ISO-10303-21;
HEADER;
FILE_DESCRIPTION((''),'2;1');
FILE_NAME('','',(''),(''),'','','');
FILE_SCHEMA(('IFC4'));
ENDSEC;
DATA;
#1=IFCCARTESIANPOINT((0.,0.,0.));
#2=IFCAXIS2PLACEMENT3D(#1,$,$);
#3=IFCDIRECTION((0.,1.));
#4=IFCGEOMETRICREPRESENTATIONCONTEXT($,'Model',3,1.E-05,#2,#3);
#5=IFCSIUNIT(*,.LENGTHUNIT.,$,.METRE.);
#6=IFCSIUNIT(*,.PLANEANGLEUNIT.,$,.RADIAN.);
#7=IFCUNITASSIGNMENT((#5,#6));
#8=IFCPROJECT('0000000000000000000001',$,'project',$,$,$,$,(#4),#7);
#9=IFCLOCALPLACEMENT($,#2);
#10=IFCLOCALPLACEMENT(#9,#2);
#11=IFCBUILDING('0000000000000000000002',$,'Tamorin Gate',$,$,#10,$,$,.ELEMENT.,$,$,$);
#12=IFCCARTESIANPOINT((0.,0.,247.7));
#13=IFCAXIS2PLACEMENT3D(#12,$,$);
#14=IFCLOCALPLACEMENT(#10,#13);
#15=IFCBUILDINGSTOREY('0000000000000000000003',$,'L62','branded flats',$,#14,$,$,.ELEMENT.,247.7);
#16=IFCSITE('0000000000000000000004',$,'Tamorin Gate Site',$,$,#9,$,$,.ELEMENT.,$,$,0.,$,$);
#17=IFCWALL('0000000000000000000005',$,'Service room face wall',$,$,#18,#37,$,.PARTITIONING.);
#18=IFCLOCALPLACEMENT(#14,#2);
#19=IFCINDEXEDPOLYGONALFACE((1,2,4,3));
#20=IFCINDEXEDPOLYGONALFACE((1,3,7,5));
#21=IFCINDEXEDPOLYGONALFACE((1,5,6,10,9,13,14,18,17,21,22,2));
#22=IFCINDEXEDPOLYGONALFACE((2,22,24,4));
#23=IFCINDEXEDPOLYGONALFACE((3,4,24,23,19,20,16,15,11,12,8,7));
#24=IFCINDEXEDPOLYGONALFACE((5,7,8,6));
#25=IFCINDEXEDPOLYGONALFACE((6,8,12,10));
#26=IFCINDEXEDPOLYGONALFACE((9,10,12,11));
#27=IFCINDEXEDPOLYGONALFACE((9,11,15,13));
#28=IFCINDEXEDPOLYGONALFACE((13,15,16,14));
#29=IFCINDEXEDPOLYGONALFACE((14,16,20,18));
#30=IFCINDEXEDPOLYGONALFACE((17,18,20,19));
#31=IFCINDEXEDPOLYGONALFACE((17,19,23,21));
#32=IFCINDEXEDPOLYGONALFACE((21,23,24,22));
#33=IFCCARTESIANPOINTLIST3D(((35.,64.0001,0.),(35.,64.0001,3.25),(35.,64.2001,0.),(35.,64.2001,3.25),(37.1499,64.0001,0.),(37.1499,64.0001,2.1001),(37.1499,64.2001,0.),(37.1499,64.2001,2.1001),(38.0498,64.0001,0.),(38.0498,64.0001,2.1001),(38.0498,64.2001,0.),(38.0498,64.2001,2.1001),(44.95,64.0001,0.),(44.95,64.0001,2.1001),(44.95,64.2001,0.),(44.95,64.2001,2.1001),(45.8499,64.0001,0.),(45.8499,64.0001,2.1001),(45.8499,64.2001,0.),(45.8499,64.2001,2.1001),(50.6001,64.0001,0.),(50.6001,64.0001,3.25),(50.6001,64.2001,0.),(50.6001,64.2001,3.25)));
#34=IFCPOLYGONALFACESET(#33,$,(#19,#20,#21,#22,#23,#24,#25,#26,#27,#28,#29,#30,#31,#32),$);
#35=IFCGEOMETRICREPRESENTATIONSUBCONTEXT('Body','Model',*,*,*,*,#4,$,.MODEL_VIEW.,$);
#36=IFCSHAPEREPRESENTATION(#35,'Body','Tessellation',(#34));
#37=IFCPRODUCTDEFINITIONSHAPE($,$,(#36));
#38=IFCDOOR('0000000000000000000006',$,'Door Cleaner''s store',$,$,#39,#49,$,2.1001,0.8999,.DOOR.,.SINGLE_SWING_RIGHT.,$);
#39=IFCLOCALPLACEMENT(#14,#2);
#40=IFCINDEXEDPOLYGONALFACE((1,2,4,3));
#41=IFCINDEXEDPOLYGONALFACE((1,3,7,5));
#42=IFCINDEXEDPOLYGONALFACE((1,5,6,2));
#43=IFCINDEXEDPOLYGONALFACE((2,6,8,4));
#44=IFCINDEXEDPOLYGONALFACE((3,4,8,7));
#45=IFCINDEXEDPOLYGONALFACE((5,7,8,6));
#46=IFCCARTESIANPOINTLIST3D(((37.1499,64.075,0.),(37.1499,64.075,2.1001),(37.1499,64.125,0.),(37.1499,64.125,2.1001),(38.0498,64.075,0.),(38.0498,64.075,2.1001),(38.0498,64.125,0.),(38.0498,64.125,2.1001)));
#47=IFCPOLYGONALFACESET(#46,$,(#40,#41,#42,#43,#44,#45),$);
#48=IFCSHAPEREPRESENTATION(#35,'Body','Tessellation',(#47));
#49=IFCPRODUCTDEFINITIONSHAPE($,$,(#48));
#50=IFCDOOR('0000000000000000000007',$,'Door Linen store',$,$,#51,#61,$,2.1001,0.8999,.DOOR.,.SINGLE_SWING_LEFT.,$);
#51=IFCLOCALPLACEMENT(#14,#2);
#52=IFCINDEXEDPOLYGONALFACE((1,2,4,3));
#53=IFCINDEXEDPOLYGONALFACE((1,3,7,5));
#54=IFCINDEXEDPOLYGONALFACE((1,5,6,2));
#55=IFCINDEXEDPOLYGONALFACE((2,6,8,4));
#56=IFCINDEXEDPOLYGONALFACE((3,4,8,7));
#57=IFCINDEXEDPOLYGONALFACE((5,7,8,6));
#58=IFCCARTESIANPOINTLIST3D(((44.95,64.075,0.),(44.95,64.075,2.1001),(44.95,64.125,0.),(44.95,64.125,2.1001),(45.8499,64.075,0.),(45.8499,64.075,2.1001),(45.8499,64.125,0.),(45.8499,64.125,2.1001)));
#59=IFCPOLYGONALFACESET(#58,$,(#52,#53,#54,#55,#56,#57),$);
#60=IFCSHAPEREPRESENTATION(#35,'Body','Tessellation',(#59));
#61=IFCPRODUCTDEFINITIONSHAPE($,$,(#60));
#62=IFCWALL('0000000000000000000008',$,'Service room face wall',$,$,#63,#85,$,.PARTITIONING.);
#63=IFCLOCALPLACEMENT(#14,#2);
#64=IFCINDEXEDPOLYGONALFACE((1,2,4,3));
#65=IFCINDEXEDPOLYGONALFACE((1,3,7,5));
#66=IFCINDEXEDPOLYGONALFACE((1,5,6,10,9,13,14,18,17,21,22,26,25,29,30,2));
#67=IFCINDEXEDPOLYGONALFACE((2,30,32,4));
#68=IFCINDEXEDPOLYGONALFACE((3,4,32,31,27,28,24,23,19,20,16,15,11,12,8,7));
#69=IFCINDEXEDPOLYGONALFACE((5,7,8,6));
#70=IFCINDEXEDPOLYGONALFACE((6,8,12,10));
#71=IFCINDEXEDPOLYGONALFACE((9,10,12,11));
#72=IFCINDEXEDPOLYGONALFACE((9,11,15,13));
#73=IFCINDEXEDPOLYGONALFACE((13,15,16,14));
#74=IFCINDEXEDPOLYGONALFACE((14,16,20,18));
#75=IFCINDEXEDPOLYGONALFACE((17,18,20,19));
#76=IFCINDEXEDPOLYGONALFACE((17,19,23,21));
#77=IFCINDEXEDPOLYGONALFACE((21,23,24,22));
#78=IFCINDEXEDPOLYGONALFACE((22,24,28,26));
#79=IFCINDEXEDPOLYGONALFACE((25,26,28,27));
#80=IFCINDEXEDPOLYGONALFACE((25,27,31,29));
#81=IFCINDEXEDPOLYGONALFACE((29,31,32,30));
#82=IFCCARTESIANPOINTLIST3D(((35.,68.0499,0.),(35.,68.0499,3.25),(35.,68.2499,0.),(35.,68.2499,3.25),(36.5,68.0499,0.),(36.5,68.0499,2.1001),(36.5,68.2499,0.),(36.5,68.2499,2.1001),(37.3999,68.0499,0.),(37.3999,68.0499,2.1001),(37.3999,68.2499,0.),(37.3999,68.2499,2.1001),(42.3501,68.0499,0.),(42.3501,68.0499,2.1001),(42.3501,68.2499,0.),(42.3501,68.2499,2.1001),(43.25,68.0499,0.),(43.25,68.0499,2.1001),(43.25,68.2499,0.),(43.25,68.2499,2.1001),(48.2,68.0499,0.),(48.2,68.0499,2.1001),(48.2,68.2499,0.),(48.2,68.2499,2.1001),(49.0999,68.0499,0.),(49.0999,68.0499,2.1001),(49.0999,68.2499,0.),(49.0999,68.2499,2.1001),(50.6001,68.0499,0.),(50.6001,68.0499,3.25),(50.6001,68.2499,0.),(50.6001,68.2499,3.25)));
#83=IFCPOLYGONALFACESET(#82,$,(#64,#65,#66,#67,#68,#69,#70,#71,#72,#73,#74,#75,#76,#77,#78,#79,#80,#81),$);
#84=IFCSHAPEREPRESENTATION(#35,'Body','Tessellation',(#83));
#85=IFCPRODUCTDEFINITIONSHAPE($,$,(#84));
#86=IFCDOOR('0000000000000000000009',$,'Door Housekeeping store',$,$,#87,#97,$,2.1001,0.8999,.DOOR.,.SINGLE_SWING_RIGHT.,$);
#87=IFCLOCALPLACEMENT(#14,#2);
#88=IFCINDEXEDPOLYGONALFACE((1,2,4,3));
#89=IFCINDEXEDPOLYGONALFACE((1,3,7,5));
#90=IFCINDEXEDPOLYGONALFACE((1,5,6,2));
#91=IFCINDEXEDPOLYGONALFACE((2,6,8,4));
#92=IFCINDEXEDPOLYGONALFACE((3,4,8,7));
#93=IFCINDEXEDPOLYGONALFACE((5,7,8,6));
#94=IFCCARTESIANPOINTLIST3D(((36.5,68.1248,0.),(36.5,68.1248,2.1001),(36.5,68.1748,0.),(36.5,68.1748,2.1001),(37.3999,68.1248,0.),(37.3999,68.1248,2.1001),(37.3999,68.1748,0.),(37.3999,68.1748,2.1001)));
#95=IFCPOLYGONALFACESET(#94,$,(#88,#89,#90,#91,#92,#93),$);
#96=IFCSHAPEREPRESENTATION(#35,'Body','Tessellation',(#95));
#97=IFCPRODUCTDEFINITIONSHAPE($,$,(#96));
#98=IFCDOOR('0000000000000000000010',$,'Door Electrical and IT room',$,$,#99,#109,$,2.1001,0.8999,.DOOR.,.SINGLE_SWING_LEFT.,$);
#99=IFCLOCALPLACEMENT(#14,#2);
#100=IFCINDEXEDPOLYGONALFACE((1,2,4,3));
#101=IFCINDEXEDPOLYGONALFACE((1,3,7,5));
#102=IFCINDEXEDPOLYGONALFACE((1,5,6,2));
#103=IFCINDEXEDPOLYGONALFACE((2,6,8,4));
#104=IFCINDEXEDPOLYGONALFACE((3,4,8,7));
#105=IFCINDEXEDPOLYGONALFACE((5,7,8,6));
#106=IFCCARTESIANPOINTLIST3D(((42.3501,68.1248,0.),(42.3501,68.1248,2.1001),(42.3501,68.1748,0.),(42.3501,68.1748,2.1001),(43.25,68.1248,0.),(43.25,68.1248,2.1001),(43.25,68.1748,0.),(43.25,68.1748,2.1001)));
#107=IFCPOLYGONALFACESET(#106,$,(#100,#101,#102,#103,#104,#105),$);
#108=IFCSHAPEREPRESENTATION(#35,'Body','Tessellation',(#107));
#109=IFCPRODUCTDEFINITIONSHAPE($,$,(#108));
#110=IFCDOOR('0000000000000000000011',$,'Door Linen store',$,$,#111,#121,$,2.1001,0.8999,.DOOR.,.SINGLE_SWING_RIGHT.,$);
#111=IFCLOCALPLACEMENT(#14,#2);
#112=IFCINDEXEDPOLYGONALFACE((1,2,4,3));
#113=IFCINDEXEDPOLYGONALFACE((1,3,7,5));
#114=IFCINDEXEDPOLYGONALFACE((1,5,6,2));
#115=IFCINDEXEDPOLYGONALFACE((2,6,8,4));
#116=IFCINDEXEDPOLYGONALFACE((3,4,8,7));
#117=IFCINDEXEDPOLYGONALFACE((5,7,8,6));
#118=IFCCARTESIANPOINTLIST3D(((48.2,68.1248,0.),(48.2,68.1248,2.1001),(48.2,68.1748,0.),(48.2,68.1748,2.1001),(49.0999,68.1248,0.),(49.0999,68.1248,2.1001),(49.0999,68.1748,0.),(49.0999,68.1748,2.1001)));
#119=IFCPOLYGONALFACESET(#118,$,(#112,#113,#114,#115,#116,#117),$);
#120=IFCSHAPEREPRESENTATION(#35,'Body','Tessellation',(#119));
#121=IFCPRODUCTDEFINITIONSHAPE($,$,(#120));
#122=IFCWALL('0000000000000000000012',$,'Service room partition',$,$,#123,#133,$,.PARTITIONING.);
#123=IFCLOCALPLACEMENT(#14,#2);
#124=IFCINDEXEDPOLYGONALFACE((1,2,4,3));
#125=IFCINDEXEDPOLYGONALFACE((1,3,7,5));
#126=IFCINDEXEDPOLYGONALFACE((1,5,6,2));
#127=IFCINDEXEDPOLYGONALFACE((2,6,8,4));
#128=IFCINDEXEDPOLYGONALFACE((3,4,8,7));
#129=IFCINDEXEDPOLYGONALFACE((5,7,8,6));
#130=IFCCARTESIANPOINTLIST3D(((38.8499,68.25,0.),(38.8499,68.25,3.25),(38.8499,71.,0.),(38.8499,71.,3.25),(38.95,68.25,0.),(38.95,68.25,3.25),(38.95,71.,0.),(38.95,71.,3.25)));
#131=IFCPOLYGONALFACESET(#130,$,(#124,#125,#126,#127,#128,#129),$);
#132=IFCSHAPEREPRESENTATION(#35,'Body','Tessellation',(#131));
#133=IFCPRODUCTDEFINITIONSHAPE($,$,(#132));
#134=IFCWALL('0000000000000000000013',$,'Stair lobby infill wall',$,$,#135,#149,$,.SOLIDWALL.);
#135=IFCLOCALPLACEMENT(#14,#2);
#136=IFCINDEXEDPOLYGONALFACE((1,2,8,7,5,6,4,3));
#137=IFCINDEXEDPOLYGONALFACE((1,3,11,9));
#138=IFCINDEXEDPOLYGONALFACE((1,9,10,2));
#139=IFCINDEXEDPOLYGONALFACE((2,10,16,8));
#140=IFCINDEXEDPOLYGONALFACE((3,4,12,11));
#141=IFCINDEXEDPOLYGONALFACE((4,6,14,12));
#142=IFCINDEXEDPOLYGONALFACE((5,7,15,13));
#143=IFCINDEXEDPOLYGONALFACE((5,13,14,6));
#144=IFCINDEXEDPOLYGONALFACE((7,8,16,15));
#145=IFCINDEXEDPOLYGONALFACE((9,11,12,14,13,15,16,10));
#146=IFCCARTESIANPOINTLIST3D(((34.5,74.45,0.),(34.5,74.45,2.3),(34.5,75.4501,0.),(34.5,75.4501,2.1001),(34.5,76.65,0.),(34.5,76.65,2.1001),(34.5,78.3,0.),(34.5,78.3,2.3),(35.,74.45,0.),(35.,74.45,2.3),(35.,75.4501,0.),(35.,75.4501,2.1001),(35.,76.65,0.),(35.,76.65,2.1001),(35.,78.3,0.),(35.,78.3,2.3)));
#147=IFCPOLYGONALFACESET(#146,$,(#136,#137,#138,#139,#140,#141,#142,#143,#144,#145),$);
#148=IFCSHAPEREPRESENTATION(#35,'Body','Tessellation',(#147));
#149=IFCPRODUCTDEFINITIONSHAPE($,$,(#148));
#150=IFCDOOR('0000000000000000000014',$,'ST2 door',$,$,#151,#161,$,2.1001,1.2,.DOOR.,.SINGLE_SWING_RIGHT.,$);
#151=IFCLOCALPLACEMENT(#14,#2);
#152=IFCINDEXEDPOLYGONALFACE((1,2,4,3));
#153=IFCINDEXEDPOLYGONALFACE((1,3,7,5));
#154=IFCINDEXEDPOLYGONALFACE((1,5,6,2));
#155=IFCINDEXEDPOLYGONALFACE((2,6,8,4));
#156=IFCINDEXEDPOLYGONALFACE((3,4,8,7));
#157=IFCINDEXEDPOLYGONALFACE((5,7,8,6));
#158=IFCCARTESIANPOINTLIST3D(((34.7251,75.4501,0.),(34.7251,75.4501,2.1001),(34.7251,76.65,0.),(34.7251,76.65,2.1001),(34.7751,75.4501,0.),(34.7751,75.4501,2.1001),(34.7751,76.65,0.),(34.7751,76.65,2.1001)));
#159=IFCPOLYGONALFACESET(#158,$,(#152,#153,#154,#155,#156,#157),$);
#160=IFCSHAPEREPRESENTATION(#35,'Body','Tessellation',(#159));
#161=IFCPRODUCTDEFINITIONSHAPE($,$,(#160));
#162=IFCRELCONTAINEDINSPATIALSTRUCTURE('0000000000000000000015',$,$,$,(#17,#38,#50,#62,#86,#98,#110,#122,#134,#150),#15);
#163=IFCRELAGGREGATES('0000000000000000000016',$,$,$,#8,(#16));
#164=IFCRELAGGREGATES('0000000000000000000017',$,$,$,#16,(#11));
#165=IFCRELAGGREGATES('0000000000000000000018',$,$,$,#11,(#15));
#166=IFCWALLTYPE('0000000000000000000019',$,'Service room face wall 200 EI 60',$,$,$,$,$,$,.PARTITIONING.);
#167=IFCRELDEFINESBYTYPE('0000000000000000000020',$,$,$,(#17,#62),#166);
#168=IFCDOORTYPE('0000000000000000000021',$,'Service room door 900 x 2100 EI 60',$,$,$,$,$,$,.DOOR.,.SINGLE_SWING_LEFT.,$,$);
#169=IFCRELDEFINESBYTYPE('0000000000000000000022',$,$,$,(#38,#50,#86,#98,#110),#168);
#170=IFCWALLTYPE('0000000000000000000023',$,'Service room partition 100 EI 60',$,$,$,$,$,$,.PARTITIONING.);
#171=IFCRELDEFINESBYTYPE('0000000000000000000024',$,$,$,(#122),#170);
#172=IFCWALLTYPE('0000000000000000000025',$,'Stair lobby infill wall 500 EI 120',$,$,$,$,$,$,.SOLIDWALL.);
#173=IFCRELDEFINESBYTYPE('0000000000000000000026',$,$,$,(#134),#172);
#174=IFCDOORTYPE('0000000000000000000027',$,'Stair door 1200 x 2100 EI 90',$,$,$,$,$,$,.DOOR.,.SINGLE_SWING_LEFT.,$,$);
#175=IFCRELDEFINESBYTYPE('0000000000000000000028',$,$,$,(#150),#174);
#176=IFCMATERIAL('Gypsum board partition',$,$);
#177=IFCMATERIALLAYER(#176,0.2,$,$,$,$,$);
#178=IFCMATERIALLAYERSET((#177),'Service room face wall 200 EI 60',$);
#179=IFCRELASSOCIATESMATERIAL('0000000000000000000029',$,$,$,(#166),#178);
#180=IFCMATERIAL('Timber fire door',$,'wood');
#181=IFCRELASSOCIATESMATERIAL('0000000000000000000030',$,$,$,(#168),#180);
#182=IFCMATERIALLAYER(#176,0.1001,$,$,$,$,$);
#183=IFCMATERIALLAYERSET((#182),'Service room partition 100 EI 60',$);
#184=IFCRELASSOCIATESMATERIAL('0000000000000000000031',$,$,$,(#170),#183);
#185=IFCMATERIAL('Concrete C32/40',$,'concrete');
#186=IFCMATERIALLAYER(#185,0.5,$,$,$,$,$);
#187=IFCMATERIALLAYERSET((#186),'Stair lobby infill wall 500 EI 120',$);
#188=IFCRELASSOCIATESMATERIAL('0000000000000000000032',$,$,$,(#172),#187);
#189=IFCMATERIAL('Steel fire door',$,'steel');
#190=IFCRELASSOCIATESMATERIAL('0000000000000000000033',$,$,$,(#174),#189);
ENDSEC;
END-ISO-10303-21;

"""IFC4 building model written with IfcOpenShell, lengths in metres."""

from ifc_helpers import new_model, si_unit, direction, frame, frame_2d, origin, place, context, subcontext, project, spatial, rectangle, extrude, material, layer, layer_set, type_object, element, fill, save


model = new_model("IFC4")

# Units and contexts
model_context = context("Model", 3, precision=1e-05, world=origin(), true_north=direction((0.0, 1.0)))
body_context = subcontext(model_context, "Body", "Model", "MODEL_VIEW")
ifc_project = project(units=[si_unit("LENGTHUNIT", "METRE"), si_unit("PLANEANGLEUNIT", "RADIAN")], contexts=[model_context])

# Site, building, storey
site_placement = place(None, origin())
site = spatial("IfcSite", under=ifc_project, at=site_placement, Name="Tamorin Gate Site", CompositionType="ELEMENT", RefElevation=0.0)
building_placement = place(site_placement, origin())
building = spatial("IfcBuilding", under=site, at=building_placement, Name="Tamorin Gate", CompositionType="ELEMENT")
storey_placement = place(building_placement, frame((0.0, 0.0, 247.7)))
storey = spatial("IfcBuildingStorey", under=building, at=storey_placement, Name="L62", Description="branded flats", CompositionType="ELEMENT", Elevation=247.7)

# Shared definitions
ifc_material_1 = material(Name="Concrete C32/40", Category="concrete")

# Walls, openings, doors
ifc_material_2 = material(Name="Gypsum board partition")
ifc_layer_1 = layer(ifc_material_2, 0.2)
ifc_layer_set_1 = layer_set([ifc_layer_1], Name="Service room face wall 200 EI 60")
wall_type_1 = type_object("IfcWallType", Name="Service room face wall 200 EI 60", PredefinedType="PARTITIONING", material=ifc_layer_set_1)
wall_1_placement = place(storey_placement, frame((35.0, 64.1001, 0.0), z_axis=(0.0, 0.0, 1.0), x_axis=(1.0, 0.0, 0.0)))
wall_1 = element("IfcWall", 1, at=wall_1_placement, inside=storey, type_object=wall_type_1, Name="Service room face wall", PredefinedType="PARTITIONING", context=body_context, shape_type="SweptSolid", body=[
    extrude(rectangle(XDim=15.6001, YDim=0.2, at=frame_2d((7.8, 0.0))), origin(), (0.0, 0.0, 1.0), 3.25),
])
opening_1_placement = place(wall_1_placement, frame((2.1499, 0.0, 0.0)))
opening_1 = element("IfcOpeningElement", 2, at=opening_1_placement, cuts=wall_1, PredefinedType="OPENING", context=body_context, shape_type="SweptSolid", body=[
    extrude(rectangle(XDim=0.8999, YDim=2.1001, at=frame_2d((0.45, 1.05))), frame((0.0, 0.1099, 0.0), z_axis=(0.0, -1.0, 0.0), x_axis=(1.0, 0.0, 0.0)), (0.0, 0.0, 1.0), 0.22),
])
opening_2_placement = place(wall_1_placement, frame((9.95, 0.0, 0.0)))
opening_2 = element("IfcOpeningElement", 3, at=opening_2_placement, cuts=wall_1, PredefinedType="OPENING", context=body_context, shape_type="SweptSolid", body=[
    extrude(rectangle(XDim=0.8999, YDim=2.1001, at=frame_2d((0.45, 1.05))), frame((0.0, 0.1099, 0.0), z_axis=(0.0, -1.0, 0.0), x_axis=(1.0, 0.0, 0.0)), (0.0, 0.0, 1.0), 0.22),
])
ifc_material_3 = material(Name="Timber fire door", Category="wood")
door_type_1 = type_object("IfcDoorType", Name="Service room door 900 x 2100 EI 60", OperationType="SINGLE_SWING_LEFT", PredefinedType="DOOR", material=ifc_material_3)
door_1_placement = place(opening_1_placement, origin())
door_1 = element("IfcDoor", 4, at=door_1_placement, inside=storey, type_object=door_type_1, Name="Door Cleaner's store", OperationType="SINGLE_SWING_RIGHT", OverallHeight=2.1001, OverallWidth=0.8999, PredefinedType="DOOR", context=body_context, shape_type="SweptSolid", body=[
    extrude(rectangle(XDim=0.8999, YDim=2.1001, at=frame_2d((0.45, 1.05))), frame((0.0, 0.0249, 0.0), z_axis=(0.0, -1.0, 0.0), x_axis=(1.0, 0.0, 0.0)), (0.0, 0.0, 1.0), 0.05),
])
fill(opening_1, door_1)
door_2_placement = place(opening_2_placement, origin())
door_2 = element("IfcDoor", 5, at=door_2_placement, inside=storey, type_object=door_type_1, Name="Door Linen store", OperationType="SINGLE_SWING_LEFT", OverallHeight=2.1001, OverallWidth=0.8999, PredefinedType="DOOR", context=body_context, shape_type="SweptSolid", body=[
    extrude(rectangle(XDim=0.8999, YDim=2.1001, at=frame_2d((0.45, 1.05))), frame((0.0, 0.0249, 0.0), z_axis=(0.0, -1.0, 0.0), x_axis=(1.0, 0.0, 0.0)), (0.0, 0.0, 1.0), 0.05),
])
fill(opening_2, door_2)
wall_2_placement = place(storey_placement, frame((35.0, 68.1499, 0.0), z_axis=(0.0, 0.0, 1.0), x_axis=(1.0, 0.0, 0.0)))
wall_2 = element("IfcWall", 6, at=wall_2_placement, inside=storey, type_object=wall_type_1, Name="Service room face wall", PredefinedType="PARTITIONING", context=body_context, shape_type="SweptSolid", body=[
    extrude(rectangle(XDim=15.6001, YDim=0.2, at=frame_2d((7.8, 0.0))), origin(), (0.0, 0.0, 1.0), 3.25),
])
opening_3_placement = place(wall_2_placement, frame((1.5, 0.0, 0.0)))
opening_3 = element("IfcOpeningElement", 7, at=opening_3_placement, cuts=wall_2, PredefinedType="OPENING", context=body_context, shape_type="SweptSolid", body=[
    extrude(rectangle(XDim=0.8999, YDim=2.1001, at=frame_2d((0.45, 1.05))), frame((0.0, 0.1099, 0.0), z_axis=(0.0, -1.0, 0.0), x_axis=(1.0, 0.0, 0.0)), (0.0, 0.0, 1.0), 0.22),
])
opening_4_placement = place(wall_2_placement, frame((7.3501, 0.0, 0.0)))
opening_4 = element("IfcOpeningElement", 8, at=opening_4_placement, cuts=wall_2, PredefinedType="OPENING", context=body_context, shape_type="SweptSolid", body=[
    extrude(rectangle(XDim=0.8999, YDim=2.1001, at=frame_2d((0.45, 1.05))), frame((0.0, 0.1099, 0.0), z_axis=(0.0, -1.0, 0.0), x_axis=(1.0, 0.0, 0.0)), (0.0, 0.0, 1.0), 0.22),
])
opening_5_placement = place(wall_2_placement, frame((13.2, 0.0, 0.0)))
opening_5 = element("IfcOpeningElement", 9, at=opening_5_placement, cuts=wall_2, PredefinedType="OPENING", context=body_context, shape_type="SweptSolid", body=[
    extrude(rectangle(XDim=0.8999, YDim=2.1001, at=frame_2d((0.45, 1.05))), frame((0.0, 0.1099, 0.0), z_axis=(0.0, -1.0, 0.0), x_axis=(1.0, 0.0, 0.0)), (0.0, 0.0, 1.0), 0.22),
])
door_3_placement = place(opening_3_placement, origin())
door_3 = element("IfcDoor", 10, at=door_3_placement, inside=storey, type_object=door_type_1, Name="Door Housekeeping store", OperationType="SINGLE_SWING_RIGHT", OverallHeight=2.1001, OverallWidth=0.8999, PredefinedType="DOOR", context=body_context, shape_type="SweptSolid", body=[
    extrude(rectangle(XDim=0.8999, YDim=2.1001, at=frame_2d((0.45, 1.05))), frame((0.0, 0.0249, 0.0), z_axis=(0.0, -1.0, 0.0), x_axis=(1.0, 0.0, 0.0)), (0.0, 0.0, 1.0), 0.05),
])
fill(opening_3, door_3)
door_4_placement = place(opening_4_placement, origin())
door_4 = element("IfcDoor", 11, at=door_4_placement, inside=storey, type_object=door_type_1, Name="Door Electrical and IT room", OperationType="SINGLE_SWING_LEFT", OverallHeight=2.1001, OverallWidth=0.8999, PredefinedType="DOOR", context=body_context, shape_type="SweptSolid", body=[
    extrude(rectangle(XDim=0.8999, YDim=2.1001, at=frame_2d((0.45, 1.05))), frame((0.0, 0.0249, 0.0), z_axis=(0.0, -1.0, 0.0), x_axis=(1.0, 0.0, 0.0)), (0.0, 0.0, 1.0), 0.05),
])
fill(opening_4, door_4)
door_5_placement = place(opening_5_placement, origin())
door_5 = element("IfcDoor", 12, at=door_5_placement, inside=storey, type_object=door_type_1, Name="Door Linen store", OperationType="SINGLE_SWING_RIGHT", OverallHeight=2.1001, OverallWidth=0.8999, PredefinedType="DOOR", context=body_context, shape_type="SweptSolid", body=[
    extrude(rectangle(XDim=0.8999, YDim=2.1001, at=frame_2d((0.45, 1.05))), frame((0.0, 0.0249, 0.0), z_axis=(0.0, -1.0, 0.0), x_axis=(1.0, 0.0, 0.0)), (0.0, 0.0, 1.0), 0.05),
])
fill(opening_5, door_5)

# Wall
ifc_layer_2 = layer(ifc_material_2, 0.1001)
ifc_layer_set_2 = layer_set([ifc_layer_2], Name="Service room partition 100 EI 60")
wall_type_2 = type_object("IfcWallType", Name="Service room partition 100 EI 60", PredefinedType="PARTITIONING", material=ifc_layer_set_2)
wall_3_placement = place(storey_placement, frame((38.8999, 68.25, 0.0), z_axis=(0.0, 0.0, 1.0), x_axis=(0.0, 1.0, 0.0)))
element("IfcWall", 13, at=wall_3_placement, inside=storey, type_object=wall_type_2, Name="Service room partition", PredefinedType="PARTITIONING", context=body_context, shape_type="SweptSolid", body=[
    extrude(rectangle(XDim=2.75, YDim=0.1001, at=frame_2d((1.375, 0.0))), origin(), (0.0, 0.0, 1.0), 3.25),
])

# Wall, opening, door
ifc_layer_3 = layer(ifc_material_1, 0.5)
ifc_layer_set_3 = layer_set([ifc_layer_3], Name="Stair lobby infill wall 500 EI 120")
wall_type_3 = type_object("IfcWallType", Name="Stair lobby infill wall 500 EI 120", PredefinedType="SOLIDWALL", material=ifc_layer_set_3)
wall_4_placement = place(storey_placement, frame((34.75, 74.45, 0.0), z_axis=(0.0, 0.0, 1.0), x_axis=(0.0, 1.0, 0.0)))
wall_4 = element("IfcWall", 14, at=wall_4_placement, inside=storey, type_object=wall_type_3, Name="Stair lobby infill wall", PredefinedType="SOLIDWALL", context=body_context, shape_type="SweptSolid", body=[
    extrude(rectangle(XDim=3.8501, YDim=0.5, at=frame_2d((1.925, 0.0))), origin(), (0.0, 0.0, 1.0), 2.3),
])
opening_6_placement = place(wall_4_placement, frame((1.0, 0.0, 0.0)))
opening_6 = element("IfcOpeningElement", 15, at=opening_6_placement, cuts=wall_4, PredefinedType="OPENING", context=body_context, shape_type="SweptSolid", body=[
    extrude(rectangle(XDim=1.2, YDim=2.1001, at=frame_2d((0.6001, 1.05))), frame((0.0, 0.26, 0.0), z_axis=(0.0, -1.0, 0.0), x_axis=(1.0, 0.0, 0.0)), (0.0, 0.0, 1.0), 0.52),
])
ifc_material_4 = material(Name="Steel fire door", Category="steel")
door_type_2 = type_object("IfcDoorType", Name="Stair door 1200 x 2100 EI 90", OperationType="SINGLE_SWING_LEFT", PredefinedType="DOOR", material=ifc_material_4)
door_6_placement = place(opening_6_placement, origin())
door_6 = element("IfcDoor", 16, at=door_6_placement, inside=storey, type_object=door_type_2, Name="ST2 door", OperationType="SINGLE_SWING_RIGHT", OverallHeight=2.1001, OverallWidth=1.2, PredefinedType="DOOR", context=body_context, shape_type="SweptSolid", body=[
    extrude(rectangle(XDim=1.2, YDim=2.1001, at=frame_2d((0.6001, 1.05))), frame((0.0, 0.0249, 0.0), z_axis=(0.0, -1.0, 0.0), x_axis=(1.0, 0.0, 0.0)), (0.0, 0.0, 1.0), 0.05),
])
fill(opening_6, door_6)

save(model, "model.ifc")
